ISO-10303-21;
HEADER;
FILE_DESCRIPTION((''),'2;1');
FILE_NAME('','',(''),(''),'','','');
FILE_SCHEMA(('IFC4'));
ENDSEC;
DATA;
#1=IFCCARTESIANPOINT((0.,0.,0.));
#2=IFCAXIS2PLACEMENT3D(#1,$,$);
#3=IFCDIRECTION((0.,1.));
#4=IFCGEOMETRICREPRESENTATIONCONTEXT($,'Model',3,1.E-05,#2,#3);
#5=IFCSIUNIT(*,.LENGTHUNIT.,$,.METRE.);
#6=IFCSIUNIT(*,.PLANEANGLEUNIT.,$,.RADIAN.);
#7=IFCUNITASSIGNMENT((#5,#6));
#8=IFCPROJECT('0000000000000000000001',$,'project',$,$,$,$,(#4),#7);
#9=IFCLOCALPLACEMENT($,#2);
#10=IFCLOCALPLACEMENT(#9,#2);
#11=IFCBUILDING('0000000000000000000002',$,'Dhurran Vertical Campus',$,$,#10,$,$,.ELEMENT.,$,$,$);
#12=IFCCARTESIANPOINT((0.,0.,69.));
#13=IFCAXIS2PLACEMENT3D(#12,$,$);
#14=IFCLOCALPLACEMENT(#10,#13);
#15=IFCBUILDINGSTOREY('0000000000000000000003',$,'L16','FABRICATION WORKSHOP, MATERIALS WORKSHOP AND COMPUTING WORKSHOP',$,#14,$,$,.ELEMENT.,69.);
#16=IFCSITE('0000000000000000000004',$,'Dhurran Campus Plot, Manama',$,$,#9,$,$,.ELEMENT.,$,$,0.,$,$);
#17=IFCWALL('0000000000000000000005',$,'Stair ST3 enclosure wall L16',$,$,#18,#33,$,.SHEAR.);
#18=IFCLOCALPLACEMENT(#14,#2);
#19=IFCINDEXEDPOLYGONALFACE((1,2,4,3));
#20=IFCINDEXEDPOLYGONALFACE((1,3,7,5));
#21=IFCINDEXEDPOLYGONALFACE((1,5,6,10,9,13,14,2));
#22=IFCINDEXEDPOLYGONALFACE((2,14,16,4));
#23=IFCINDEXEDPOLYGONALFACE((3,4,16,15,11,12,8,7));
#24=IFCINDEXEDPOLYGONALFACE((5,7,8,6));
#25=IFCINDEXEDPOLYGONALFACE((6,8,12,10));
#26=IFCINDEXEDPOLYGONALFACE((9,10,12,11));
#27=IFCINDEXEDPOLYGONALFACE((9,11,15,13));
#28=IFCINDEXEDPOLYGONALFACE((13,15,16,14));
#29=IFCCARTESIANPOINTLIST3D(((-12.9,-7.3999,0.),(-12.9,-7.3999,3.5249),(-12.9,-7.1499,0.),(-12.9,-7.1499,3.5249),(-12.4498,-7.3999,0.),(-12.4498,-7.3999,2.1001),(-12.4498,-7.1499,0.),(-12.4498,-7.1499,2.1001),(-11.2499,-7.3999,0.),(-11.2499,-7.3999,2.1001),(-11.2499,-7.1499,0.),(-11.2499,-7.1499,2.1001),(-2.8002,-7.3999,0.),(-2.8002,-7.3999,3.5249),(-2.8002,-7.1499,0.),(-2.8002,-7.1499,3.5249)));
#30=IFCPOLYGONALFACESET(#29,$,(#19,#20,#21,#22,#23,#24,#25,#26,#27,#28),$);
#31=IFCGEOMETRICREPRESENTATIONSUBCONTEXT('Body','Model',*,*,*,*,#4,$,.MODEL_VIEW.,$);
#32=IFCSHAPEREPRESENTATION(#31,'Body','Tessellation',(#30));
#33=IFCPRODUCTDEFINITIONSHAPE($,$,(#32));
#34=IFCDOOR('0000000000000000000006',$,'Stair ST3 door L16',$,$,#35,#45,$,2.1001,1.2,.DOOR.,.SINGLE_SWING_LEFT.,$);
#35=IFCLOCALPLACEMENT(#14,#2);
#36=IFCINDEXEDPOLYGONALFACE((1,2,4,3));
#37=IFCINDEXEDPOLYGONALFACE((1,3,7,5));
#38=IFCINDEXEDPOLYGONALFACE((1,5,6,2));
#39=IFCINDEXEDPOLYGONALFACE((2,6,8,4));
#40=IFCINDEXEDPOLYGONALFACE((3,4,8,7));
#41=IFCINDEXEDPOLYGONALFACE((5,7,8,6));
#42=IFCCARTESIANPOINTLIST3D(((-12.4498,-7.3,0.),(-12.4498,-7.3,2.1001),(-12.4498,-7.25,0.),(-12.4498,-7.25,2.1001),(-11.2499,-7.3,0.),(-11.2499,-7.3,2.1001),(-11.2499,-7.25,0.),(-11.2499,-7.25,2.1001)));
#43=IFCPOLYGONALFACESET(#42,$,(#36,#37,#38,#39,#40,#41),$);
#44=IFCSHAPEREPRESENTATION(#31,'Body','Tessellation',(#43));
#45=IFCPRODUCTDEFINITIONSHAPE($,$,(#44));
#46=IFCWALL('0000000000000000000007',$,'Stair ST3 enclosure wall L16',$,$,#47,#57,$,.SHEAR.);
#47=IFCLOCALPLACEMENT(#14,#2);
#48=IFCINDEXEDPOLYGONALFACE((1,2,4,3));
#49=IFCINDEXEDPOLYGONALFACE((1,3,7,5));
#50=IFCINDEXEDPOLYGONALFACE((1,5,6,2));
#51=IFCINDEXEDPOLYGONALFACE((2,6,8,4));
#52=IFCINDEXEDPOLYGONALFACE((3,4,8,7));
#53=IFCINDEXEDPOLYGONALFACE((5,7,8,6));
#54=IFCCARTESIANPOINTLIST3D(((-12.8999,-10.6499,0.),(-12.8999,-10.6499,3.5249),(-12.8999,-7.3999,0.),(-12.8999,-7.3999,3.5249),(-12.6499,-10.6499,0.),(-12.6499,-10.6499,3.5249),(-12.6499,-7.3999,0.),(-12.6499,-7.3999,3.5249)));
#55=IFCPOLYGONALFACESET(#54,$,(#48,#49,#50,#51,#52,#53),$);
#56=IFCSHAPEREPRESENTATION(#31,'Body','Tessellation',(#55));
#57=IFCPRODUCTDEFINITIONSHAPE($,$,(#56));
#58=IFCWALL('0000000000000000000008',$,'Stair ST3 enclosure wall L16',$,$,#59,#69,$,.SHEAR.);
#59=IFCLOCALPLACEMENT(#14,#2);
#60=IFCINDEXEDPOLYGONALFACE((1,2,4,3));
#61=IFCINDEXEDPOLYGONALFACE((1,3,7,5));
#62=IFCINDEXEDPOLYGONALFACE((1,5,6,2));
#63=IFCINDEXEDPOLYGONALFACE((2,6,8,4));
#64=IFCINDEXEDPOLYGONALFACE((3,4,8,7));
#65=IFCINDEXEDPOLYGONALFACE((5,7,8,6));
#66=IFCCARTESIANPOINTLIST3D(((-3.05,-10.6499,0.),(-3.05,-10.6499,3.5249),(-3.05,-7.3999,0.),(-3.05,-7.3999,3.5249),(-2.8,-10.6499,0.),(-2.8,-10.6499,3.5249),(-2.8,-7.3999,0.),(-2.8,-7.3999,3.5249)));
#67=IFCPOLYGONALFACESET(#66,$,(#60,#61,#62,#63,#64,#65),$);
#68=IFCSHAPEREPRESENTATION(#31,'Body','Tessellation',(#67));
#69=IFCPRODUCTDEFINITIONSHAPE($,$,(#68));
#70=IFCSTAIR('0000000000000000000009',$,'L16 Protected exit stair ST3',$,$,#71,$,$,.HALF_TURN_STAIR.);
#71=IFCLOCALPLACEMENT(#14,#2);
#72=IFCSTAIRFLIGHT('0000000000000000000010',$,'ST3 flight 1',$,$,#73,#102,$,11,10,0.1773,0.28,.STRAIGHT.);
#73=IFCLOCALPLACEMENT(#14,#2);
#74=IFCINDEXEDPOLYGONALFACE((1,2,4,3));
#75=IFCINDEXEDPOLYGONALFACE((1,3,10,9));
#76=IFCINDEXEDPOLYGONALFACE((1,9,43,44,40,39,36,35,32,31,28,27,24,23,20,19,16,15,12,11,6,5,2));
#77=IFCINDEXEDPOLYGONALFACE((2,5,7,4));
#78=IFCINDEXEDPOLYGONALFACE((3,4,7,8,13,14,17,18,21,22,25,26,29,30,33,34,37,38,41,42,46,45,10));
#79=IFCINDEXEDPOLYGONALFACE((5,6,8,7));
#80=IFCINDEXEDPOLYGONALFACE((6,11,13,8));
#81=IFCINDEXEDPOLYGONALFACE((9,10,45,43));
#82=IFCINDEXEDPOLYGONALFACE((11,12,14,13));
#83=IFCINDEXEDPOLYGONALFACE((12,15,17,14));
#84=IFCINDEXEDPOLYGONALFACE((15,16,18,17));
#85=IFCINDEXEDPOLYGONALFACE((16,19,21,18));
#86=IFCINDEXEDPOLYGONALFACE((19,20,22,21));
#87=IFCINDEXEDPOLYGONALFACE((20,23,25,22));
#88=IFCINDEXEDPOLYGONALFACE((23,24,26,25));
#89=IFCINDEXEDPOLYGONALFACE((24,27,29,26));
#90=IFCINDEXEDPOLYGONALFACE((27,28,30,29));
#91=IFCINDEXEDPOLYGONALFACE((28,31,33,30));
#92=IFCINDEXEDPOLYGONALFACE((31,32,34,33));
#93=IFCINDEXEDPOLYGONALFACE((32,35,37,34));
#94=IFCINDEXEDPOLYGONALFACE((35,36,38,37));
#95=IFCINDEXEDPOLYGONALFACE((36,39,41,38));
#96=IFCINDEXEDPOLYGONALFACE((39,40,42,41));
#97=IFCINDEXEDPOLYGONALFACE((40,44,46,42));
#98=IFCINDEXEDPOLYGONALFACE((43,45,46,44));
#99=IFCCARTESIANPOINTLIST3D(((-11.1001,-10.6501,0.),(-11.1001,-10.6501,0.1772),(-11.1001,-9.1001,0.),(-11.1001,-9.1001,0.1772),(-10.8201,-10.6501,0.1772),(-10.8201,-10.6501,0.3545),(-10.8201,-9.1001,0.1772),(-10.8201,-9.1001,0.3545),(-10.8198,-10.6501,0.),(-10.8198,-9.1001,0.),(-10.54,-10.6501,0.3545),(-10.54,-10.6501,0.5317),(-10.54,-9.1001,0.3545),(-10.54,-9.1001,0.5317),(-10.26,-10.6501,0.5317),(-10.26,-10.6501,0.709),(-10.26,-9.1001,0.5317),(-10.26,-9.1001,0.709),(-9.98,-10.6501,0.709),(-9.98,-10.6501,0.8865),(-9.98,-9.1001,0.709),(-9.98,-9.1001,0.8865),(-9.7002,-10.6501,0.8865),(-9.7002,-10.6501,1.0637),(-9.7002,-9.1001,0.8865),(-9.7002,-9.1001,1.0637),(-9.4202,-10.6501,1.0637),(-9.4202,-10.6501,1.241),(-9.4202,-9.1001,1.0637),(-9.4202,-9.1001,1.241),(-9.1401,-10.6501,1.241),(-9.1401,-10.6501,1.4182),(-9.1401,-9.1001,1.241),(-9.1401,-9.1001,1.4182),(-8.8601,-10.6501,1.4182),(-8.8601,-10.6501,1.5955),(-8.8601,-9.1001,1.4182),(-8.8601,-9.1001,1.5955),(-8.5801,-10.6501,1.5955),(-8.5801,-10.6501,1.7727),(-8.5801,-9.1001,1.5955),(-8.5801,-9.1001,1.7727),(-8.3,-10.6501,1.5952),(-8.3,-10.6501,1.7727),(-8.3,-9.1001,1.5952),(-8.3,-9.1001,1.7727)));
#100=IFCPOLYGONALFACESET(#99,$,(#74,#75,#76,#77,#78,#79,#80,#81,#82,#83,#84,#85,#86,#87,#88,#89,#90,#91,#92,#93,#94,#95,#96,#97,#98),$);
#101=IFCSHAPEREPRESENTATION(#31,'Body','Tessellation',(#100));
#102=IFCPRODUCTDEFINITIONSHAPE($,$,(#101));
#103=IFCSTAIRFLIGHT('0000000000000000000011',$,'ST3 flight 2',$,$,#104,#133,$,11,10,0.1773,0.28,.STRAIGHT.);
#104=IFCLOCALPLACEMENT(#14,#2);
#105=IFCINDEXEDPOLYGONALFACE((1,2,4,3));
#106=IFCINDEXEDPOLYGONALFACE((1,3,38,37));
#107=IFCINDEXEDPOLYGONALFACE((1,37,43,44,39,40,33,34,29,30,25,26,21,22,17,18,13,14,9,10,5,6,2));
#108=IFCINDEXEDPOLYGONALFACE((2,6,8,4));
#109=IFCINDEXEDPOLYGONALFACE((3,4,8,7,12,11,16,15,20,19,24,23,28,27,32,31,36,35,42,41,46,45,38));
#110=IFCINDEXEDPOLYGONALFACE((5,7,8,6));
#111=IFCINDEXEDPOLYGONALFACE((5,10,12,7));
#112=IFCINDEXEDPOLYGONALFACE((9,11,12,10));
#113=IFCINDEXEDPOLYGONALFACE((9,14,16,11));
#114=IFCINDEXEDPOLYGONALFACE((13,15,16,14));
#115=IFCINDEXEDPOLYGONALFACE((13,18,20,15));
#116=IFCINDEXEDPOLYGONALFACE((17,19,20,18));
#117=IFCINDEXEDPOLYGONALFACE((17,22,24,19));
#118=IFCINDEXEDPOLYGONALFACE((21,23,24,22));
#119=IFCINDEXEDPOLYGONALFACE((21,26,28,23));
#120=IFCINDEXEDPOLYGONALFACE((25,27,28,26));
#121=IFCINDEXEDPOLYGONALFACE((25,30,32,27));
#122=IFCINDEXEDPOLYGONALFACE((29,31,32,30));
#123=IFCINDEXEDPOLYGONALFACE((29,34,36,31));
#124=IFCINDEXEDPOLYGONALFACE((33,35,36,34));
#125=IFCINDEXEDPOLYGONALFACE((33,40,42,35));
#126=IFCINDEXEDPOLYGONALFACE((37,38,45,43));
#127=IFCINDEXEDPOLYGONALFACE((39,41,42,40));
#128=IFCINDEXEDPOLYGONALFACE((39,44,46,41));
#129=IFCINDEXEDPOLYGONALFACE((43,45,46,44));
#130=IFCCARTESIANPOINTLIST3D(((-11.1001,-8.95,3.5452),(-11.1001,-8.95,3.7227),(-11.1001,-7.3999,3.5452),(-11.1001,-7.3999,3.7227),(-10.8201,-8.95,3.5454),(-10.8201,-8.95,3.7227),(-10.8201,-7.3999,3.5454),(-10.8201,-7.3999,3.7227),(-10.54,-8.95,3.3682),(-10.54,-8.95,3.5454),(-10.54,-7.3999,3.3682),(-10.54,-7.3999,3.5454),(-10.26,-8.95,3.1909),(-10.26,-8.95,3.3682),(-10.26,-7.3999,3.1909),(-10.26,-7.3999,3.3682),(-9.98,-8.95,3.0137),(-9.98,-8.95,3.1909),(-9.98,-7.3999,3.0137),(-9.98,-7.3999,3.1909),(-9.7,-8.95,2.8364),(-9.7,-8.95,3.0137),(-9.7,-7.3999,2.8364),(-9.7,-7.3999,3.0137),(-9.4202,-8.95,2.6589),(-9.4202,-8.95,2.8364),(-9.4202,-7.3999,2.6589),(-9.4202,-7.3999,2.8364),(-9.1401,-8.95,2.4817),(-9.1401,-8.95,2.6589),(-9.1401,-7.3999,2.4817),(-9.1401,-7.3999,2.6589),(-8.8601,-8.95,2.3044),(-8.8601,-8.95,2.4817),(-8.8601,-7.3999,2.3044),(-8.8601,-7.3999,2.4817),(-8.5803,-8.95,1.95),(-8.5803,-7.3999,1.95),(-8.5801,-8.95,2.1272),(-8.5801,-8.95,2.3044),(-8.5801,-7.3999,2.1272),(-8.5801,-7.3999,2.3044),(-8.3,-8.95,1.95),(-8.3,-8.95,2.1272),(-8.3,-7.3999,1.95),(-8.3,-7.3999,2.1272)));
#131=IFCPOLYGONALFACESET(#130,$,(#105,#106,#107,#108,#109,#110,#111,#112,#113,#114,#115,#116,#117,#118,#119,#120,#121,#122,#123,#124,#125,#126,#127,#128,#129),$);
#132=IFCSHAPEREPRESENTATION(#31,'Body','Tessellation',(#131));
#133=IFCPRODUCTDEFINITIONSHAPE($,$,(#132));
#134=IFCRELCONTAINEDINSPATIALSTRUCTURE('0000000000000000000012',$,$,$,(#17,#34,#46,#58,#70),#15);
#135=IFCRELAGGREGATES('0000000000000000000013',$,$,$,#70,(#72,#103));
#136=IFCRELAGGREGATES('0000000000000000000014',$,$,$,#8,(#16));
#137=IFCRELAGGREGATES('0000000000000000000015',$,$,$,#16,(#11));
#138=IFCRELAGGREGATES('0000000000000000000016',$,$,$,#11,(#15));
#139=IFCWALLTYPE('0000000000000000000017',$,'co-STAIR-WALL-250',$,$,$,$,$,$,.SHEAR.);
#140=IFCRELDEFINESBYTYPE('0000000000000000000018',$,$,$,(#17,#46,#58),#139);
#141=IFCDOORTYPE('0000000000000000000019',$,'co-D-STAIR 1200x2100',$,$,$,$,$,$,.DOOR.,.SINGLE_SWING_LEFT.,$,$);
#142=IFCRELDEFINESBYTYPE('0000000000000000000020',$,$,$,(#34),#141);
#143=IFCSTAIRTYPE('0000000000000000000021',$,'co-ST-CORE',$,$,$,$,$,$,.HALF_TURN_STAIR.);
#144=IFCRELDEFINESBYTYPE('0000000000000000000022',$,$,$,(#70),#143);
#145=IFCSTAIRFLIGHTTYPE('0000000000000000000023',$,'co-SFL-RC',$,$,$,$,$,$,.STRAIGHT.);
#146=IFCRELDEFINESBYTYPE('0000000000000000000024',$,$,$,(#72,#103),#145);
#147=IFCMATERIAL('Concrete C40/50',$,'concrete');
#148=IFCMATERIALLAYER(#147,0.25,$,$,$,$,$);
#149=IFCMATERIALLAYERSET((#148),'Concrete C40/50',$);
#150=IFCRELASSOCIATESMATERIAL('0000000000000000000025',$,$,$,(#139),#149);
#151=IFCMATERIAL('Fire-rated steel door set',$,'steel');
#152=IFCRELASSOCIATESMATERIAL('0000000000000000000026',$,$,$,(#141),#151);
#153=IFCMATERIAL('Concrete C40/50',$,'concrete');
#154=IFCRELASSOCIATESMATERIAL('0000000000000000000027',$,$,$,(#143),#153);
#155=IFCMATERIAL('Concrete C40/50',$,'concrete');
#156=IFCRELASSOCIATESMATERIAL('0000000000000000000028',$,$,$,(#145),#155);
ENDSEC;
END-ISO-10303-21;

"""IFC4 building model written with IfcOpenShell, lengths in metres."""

from ifc_helpers import new_model, si_unit, direction, frame, frame_2d, origin, place, context, subcontext, project, spatial, polyline, rectangle, outline, extrude, material, layer, layer_set, type_object, element, fill, aggregate, save


model = new_model("IFC4")

# Units and contexts
model_context = context("Model", 3, precision=1e-05, world=origin(), true_north=direction((0.0, 1.0)))
body_context = subcontext(model_context, "Body", "Model", "MODEL_VIEW")
ifc_project = project(units=[si_unit("LENGTHUNIT", "METRE"), si_unit("PLANEANGLEUNIT", "RADIAN")], contexts=[model_context])

# Site, building, storey
site_placement = place(None, origin())
site = spatial("IfcSite", under=ifc_project, at=site_placement, Name="Dhurran Campus Plot, Manama", CompositionType="ELEMENT", RefElevation=0.0)
building_placement = place(site_placement, origin())
building = spatial("IfcBuilding", under=site, at=building_placement, Name="Dhurran Vertical Campus", CompositionType="ELEMENT")
storey_placement = place(building_placement, frame((0.0, 0.0, 69.0)))
storey = spatial("IfcBuildingStorey", under=building, at=storey_placement, Name="L16", Description="FABRICATION WORKSHOP, MATERIALS WORKSHOP AND COMPUTING WORKSHOP", CompositionType="ELEMENT", Elevation=69.0)

# Wall, opening, door
ifc_material_1 = material(Name="Concrete C40/50", Category="concrete")
ifc_layer_1 = layer(ifc_material_1, 0.25)
ifc_layer_set_1 = layer_set([ifc_layer_1], Name="Concrete C40/50")
wall_type_1 = type_object("IfcWallType", Name="co-STAIR-WALL-250", PredefinedType="SHEAR", material=ifc_layer_set_1)
wall_1_placement = place(storey_placement, frame((-12.8999, -7.2749, 0.0), z_axis=(0.0, 0.0, 1.0), x_axis=(1.0, 0.0, 0.0)))
wall_1 = element("IfcWall", 1, at=wall_1_placement, inside=storey, type_object=wall_type_1, Name="Stair ST3 enclosure wall L16", PredefinedType="SHEAR", context=body_context, shape_type="SweptSolid", body=[
    extrude(rectangle(XDim=10.0999, YDim=0.25, at=frame_2d((5.0498, 0.0))), origin(), (0.0, 0.0, 1.0), 3.5249),
])
opening_1_placement = place(wall_1_placement, frame((0.45, 0.0, 0.0)))
opening_1 = element("IfcOpeningElement", 2, at=opening_1_placement, cuts=wall_1, PredefinedType="OPENING", context=body_context, shape_type="SweptSolid", body=[
    extrude(rectangle(XDim=1.2, YDim=2.1001, at=frame_2d((0.6001, 1.05))), frame((0.0, 0.135, 0.0), z_axis=(0.0, -1.0, 0.0), x_axis=(1.0, 0.0, 0.0)), (0.0, 0.0, 1.0), 0.27),
])
ifc_material_2 = material(Name="Fire-rated steel door set", Category="steel")
door_type_1 = type_object("IfcDoorType", Name="co-D-STAIR 1200x2100", OperationType="SINGLE_SWING_LEFT", PredefinedType="DOOR", material=ifc_material_2)
door_1_placement = place(opening_1_placement, origin())
door_1 = element("IfcDoor", 3, at=door_1_placement, inside=storey, type_object=door_type_1, Name="Stair ST3 door L16", OperationType="SINGLE_SWING_LEFT", OverallHeight=2.1001, OverallWidth=1.2, PredefinedType="DOOR", context=body_context, shape_type="SweptSolid", body=[
    extrude(rectangle(XDim=1.2, YDim=2.1001, at=frame_2d((0.6001, 1.05))), frame((0.0, 0.0249, 0.0), z_axis=(0.0, -1.0, 0.0), x_axis=(1.0, 0.0, 0.0)), (0.0, 0.0, 1.0), 0.05),
])
fill(opening_1, door_1)

# Walls
for number, where, z_axis, x_axis, name in (
    (4, (-12.7749, -10.6499, 0.0), (0.0, 0.0, 1.0), (0.0, 1.0, 0.0), "Stair ST3 enclosure wall L16"),
    (5, (-2.925, -10.6499, 0.0), (0.0, 0.0, 1.0), (0.0, 1.0, 0.0), "Stair ST3 enclosure wall L16"),
):
    element("IfcWall", number, at=place(storey_placement, frame(where, z_axis=z_axis, x_axis=x_axis)), inside=storey, type_object=wall_type_1, Name=name, PredefinedType="SHEAR", context=body_context, shape_type="SweptSolid", body=[
        extrude(rectangle(XDim=3.25, YDim=0.25, at=frame_2d((1.625, 0.0))), origin(), (0.0, 0.0, 1.0), 3.5249),
    ])

# Stair, stair flights
ifc_material_3 = material(Name="Concrete C40/50", Category="concrete")
stair_type = type_object("IfcStairType", Name="co-ST-CORE", PredefinedType="HALF_TURN_STAIR", material=ifc_material_3)
stair_placement = place(storey_placement, origin())
stair = element("IfcStair", 6, at=stair_placement, inside=storey, type_object=stair_type, Name="L16 Protected exit stair ST3", PredefinedType="HALF_TURN_STAIR")
ifc_material_4 = material(Name="Concrete C40/50", Category="concrete")
stair_flight_type = type_object("IfcStairFlightType", Name="co-SFL-RC", PredefinedType="STRAIGHT", material=ifc_material_4)
stair_flight_1_placement = place(storey_placement, frame((-11.1001, -9.875, 0.0), z_axis=(0.0, 0.0, 1.0), x_axis=(1.0, 0.0, 0.0)))
stair_flight_1 = element("IfcStairFlight", 7, at=stair_flight_1_placement, type_object=stair_flight_type, Name="ST3 flight 1", NumberOfRisers=11, NumberOfTreads=10, PredefinedType="STRAIGHT", RiserHeight=0.1773, TreadLength=0.28, context=body_context, shape_type="SweptSolid", body=[
    extrude(outline(polyline([(0.0, 0.0), (0.0, 0.1772), (0.28, 0.1772), (0.28, 0.3545), (0.5601, 0.3545), (0.5601, 0.5317), (0.8401, 0.5317), (0.8401, 0.709), (1.1201, 0.709), (1.1201, 0.8865), (1.3999, 0.8865), (1.3999, 1.0637), (1.6799, 1.0637), (1.6799, 1.241), (1.96, 1.241), (1.96, 1.4182), (2.24, 1.4182), (2.24, 1.5955), (2.52, 1.5955), (2.52, 1.7727), (2.8, 1.7727), (2.8, 1.95), (2.8, 1.5952), (0.2803, 0.0), (0.0, 0.0)])), frame((0.0, 0.7749, 0.0), z_axis=(0.0, -1.0, 0.0), x_axis=(1.0, 0.0, 0.0)), (0.0, 0.0, 1.0), 1.55),
])
stair_flight_2_placement = place(storey_placement, frame((-8.3, -8.175, 1.95), z_axis=(0.0, 0.0, 1.0), x_axis=(-1.0, 0.0, 0.0)))
stair_flight_2 = element("IfcStairFlight", 8, at=stair_flight_2_placement, type_object=stair_flight_type, Name="ST3 flight 2", NumberOfRisers=11, NumberOfTreads=10, PredefinedType="STRAIGHT", RiserHeight=0.1773, TreadLength=0.28, context=body_context, shape_type="SweptSolid", body=[
    extrude(outline(polyline([(0.0, 0.0), (0.0, 0.1772), (0.28, 0.1772), (0.28, 0.3545), (0.5601, 0.3545), (0.5601, 0.5317), (0.8401, 0.5317), (0.8401, 0.709), (1.1201, 0.709), (1.1201, 0.8865), (1.3999, 0.8865), (1.3999, 1.0637), (1.6799, 1.0637), (1.6799, 1.241), (1.96, 1.241), (1.96, 1.4182), (2.24, 1.4182), (2.24, 1.5955), (2.52, 1.5955), (2.52, 1.7727), (2.8, 1.7727), (2.8, 1.95), (2.8, 1.5952), (0.2803, 0.0), (0.0, 0.0)])), frame((0.0, 0.7749, 0.0), z_axis=(0.0, -1.0, 0.0), x_axis=(1.0, 0.0, 0.0)), (0.0, 0.0, 1.0), 1.55),
])
aggregate(stair, [stair_flight_1, stair_flight_2])

save(model, "model.ifc")
